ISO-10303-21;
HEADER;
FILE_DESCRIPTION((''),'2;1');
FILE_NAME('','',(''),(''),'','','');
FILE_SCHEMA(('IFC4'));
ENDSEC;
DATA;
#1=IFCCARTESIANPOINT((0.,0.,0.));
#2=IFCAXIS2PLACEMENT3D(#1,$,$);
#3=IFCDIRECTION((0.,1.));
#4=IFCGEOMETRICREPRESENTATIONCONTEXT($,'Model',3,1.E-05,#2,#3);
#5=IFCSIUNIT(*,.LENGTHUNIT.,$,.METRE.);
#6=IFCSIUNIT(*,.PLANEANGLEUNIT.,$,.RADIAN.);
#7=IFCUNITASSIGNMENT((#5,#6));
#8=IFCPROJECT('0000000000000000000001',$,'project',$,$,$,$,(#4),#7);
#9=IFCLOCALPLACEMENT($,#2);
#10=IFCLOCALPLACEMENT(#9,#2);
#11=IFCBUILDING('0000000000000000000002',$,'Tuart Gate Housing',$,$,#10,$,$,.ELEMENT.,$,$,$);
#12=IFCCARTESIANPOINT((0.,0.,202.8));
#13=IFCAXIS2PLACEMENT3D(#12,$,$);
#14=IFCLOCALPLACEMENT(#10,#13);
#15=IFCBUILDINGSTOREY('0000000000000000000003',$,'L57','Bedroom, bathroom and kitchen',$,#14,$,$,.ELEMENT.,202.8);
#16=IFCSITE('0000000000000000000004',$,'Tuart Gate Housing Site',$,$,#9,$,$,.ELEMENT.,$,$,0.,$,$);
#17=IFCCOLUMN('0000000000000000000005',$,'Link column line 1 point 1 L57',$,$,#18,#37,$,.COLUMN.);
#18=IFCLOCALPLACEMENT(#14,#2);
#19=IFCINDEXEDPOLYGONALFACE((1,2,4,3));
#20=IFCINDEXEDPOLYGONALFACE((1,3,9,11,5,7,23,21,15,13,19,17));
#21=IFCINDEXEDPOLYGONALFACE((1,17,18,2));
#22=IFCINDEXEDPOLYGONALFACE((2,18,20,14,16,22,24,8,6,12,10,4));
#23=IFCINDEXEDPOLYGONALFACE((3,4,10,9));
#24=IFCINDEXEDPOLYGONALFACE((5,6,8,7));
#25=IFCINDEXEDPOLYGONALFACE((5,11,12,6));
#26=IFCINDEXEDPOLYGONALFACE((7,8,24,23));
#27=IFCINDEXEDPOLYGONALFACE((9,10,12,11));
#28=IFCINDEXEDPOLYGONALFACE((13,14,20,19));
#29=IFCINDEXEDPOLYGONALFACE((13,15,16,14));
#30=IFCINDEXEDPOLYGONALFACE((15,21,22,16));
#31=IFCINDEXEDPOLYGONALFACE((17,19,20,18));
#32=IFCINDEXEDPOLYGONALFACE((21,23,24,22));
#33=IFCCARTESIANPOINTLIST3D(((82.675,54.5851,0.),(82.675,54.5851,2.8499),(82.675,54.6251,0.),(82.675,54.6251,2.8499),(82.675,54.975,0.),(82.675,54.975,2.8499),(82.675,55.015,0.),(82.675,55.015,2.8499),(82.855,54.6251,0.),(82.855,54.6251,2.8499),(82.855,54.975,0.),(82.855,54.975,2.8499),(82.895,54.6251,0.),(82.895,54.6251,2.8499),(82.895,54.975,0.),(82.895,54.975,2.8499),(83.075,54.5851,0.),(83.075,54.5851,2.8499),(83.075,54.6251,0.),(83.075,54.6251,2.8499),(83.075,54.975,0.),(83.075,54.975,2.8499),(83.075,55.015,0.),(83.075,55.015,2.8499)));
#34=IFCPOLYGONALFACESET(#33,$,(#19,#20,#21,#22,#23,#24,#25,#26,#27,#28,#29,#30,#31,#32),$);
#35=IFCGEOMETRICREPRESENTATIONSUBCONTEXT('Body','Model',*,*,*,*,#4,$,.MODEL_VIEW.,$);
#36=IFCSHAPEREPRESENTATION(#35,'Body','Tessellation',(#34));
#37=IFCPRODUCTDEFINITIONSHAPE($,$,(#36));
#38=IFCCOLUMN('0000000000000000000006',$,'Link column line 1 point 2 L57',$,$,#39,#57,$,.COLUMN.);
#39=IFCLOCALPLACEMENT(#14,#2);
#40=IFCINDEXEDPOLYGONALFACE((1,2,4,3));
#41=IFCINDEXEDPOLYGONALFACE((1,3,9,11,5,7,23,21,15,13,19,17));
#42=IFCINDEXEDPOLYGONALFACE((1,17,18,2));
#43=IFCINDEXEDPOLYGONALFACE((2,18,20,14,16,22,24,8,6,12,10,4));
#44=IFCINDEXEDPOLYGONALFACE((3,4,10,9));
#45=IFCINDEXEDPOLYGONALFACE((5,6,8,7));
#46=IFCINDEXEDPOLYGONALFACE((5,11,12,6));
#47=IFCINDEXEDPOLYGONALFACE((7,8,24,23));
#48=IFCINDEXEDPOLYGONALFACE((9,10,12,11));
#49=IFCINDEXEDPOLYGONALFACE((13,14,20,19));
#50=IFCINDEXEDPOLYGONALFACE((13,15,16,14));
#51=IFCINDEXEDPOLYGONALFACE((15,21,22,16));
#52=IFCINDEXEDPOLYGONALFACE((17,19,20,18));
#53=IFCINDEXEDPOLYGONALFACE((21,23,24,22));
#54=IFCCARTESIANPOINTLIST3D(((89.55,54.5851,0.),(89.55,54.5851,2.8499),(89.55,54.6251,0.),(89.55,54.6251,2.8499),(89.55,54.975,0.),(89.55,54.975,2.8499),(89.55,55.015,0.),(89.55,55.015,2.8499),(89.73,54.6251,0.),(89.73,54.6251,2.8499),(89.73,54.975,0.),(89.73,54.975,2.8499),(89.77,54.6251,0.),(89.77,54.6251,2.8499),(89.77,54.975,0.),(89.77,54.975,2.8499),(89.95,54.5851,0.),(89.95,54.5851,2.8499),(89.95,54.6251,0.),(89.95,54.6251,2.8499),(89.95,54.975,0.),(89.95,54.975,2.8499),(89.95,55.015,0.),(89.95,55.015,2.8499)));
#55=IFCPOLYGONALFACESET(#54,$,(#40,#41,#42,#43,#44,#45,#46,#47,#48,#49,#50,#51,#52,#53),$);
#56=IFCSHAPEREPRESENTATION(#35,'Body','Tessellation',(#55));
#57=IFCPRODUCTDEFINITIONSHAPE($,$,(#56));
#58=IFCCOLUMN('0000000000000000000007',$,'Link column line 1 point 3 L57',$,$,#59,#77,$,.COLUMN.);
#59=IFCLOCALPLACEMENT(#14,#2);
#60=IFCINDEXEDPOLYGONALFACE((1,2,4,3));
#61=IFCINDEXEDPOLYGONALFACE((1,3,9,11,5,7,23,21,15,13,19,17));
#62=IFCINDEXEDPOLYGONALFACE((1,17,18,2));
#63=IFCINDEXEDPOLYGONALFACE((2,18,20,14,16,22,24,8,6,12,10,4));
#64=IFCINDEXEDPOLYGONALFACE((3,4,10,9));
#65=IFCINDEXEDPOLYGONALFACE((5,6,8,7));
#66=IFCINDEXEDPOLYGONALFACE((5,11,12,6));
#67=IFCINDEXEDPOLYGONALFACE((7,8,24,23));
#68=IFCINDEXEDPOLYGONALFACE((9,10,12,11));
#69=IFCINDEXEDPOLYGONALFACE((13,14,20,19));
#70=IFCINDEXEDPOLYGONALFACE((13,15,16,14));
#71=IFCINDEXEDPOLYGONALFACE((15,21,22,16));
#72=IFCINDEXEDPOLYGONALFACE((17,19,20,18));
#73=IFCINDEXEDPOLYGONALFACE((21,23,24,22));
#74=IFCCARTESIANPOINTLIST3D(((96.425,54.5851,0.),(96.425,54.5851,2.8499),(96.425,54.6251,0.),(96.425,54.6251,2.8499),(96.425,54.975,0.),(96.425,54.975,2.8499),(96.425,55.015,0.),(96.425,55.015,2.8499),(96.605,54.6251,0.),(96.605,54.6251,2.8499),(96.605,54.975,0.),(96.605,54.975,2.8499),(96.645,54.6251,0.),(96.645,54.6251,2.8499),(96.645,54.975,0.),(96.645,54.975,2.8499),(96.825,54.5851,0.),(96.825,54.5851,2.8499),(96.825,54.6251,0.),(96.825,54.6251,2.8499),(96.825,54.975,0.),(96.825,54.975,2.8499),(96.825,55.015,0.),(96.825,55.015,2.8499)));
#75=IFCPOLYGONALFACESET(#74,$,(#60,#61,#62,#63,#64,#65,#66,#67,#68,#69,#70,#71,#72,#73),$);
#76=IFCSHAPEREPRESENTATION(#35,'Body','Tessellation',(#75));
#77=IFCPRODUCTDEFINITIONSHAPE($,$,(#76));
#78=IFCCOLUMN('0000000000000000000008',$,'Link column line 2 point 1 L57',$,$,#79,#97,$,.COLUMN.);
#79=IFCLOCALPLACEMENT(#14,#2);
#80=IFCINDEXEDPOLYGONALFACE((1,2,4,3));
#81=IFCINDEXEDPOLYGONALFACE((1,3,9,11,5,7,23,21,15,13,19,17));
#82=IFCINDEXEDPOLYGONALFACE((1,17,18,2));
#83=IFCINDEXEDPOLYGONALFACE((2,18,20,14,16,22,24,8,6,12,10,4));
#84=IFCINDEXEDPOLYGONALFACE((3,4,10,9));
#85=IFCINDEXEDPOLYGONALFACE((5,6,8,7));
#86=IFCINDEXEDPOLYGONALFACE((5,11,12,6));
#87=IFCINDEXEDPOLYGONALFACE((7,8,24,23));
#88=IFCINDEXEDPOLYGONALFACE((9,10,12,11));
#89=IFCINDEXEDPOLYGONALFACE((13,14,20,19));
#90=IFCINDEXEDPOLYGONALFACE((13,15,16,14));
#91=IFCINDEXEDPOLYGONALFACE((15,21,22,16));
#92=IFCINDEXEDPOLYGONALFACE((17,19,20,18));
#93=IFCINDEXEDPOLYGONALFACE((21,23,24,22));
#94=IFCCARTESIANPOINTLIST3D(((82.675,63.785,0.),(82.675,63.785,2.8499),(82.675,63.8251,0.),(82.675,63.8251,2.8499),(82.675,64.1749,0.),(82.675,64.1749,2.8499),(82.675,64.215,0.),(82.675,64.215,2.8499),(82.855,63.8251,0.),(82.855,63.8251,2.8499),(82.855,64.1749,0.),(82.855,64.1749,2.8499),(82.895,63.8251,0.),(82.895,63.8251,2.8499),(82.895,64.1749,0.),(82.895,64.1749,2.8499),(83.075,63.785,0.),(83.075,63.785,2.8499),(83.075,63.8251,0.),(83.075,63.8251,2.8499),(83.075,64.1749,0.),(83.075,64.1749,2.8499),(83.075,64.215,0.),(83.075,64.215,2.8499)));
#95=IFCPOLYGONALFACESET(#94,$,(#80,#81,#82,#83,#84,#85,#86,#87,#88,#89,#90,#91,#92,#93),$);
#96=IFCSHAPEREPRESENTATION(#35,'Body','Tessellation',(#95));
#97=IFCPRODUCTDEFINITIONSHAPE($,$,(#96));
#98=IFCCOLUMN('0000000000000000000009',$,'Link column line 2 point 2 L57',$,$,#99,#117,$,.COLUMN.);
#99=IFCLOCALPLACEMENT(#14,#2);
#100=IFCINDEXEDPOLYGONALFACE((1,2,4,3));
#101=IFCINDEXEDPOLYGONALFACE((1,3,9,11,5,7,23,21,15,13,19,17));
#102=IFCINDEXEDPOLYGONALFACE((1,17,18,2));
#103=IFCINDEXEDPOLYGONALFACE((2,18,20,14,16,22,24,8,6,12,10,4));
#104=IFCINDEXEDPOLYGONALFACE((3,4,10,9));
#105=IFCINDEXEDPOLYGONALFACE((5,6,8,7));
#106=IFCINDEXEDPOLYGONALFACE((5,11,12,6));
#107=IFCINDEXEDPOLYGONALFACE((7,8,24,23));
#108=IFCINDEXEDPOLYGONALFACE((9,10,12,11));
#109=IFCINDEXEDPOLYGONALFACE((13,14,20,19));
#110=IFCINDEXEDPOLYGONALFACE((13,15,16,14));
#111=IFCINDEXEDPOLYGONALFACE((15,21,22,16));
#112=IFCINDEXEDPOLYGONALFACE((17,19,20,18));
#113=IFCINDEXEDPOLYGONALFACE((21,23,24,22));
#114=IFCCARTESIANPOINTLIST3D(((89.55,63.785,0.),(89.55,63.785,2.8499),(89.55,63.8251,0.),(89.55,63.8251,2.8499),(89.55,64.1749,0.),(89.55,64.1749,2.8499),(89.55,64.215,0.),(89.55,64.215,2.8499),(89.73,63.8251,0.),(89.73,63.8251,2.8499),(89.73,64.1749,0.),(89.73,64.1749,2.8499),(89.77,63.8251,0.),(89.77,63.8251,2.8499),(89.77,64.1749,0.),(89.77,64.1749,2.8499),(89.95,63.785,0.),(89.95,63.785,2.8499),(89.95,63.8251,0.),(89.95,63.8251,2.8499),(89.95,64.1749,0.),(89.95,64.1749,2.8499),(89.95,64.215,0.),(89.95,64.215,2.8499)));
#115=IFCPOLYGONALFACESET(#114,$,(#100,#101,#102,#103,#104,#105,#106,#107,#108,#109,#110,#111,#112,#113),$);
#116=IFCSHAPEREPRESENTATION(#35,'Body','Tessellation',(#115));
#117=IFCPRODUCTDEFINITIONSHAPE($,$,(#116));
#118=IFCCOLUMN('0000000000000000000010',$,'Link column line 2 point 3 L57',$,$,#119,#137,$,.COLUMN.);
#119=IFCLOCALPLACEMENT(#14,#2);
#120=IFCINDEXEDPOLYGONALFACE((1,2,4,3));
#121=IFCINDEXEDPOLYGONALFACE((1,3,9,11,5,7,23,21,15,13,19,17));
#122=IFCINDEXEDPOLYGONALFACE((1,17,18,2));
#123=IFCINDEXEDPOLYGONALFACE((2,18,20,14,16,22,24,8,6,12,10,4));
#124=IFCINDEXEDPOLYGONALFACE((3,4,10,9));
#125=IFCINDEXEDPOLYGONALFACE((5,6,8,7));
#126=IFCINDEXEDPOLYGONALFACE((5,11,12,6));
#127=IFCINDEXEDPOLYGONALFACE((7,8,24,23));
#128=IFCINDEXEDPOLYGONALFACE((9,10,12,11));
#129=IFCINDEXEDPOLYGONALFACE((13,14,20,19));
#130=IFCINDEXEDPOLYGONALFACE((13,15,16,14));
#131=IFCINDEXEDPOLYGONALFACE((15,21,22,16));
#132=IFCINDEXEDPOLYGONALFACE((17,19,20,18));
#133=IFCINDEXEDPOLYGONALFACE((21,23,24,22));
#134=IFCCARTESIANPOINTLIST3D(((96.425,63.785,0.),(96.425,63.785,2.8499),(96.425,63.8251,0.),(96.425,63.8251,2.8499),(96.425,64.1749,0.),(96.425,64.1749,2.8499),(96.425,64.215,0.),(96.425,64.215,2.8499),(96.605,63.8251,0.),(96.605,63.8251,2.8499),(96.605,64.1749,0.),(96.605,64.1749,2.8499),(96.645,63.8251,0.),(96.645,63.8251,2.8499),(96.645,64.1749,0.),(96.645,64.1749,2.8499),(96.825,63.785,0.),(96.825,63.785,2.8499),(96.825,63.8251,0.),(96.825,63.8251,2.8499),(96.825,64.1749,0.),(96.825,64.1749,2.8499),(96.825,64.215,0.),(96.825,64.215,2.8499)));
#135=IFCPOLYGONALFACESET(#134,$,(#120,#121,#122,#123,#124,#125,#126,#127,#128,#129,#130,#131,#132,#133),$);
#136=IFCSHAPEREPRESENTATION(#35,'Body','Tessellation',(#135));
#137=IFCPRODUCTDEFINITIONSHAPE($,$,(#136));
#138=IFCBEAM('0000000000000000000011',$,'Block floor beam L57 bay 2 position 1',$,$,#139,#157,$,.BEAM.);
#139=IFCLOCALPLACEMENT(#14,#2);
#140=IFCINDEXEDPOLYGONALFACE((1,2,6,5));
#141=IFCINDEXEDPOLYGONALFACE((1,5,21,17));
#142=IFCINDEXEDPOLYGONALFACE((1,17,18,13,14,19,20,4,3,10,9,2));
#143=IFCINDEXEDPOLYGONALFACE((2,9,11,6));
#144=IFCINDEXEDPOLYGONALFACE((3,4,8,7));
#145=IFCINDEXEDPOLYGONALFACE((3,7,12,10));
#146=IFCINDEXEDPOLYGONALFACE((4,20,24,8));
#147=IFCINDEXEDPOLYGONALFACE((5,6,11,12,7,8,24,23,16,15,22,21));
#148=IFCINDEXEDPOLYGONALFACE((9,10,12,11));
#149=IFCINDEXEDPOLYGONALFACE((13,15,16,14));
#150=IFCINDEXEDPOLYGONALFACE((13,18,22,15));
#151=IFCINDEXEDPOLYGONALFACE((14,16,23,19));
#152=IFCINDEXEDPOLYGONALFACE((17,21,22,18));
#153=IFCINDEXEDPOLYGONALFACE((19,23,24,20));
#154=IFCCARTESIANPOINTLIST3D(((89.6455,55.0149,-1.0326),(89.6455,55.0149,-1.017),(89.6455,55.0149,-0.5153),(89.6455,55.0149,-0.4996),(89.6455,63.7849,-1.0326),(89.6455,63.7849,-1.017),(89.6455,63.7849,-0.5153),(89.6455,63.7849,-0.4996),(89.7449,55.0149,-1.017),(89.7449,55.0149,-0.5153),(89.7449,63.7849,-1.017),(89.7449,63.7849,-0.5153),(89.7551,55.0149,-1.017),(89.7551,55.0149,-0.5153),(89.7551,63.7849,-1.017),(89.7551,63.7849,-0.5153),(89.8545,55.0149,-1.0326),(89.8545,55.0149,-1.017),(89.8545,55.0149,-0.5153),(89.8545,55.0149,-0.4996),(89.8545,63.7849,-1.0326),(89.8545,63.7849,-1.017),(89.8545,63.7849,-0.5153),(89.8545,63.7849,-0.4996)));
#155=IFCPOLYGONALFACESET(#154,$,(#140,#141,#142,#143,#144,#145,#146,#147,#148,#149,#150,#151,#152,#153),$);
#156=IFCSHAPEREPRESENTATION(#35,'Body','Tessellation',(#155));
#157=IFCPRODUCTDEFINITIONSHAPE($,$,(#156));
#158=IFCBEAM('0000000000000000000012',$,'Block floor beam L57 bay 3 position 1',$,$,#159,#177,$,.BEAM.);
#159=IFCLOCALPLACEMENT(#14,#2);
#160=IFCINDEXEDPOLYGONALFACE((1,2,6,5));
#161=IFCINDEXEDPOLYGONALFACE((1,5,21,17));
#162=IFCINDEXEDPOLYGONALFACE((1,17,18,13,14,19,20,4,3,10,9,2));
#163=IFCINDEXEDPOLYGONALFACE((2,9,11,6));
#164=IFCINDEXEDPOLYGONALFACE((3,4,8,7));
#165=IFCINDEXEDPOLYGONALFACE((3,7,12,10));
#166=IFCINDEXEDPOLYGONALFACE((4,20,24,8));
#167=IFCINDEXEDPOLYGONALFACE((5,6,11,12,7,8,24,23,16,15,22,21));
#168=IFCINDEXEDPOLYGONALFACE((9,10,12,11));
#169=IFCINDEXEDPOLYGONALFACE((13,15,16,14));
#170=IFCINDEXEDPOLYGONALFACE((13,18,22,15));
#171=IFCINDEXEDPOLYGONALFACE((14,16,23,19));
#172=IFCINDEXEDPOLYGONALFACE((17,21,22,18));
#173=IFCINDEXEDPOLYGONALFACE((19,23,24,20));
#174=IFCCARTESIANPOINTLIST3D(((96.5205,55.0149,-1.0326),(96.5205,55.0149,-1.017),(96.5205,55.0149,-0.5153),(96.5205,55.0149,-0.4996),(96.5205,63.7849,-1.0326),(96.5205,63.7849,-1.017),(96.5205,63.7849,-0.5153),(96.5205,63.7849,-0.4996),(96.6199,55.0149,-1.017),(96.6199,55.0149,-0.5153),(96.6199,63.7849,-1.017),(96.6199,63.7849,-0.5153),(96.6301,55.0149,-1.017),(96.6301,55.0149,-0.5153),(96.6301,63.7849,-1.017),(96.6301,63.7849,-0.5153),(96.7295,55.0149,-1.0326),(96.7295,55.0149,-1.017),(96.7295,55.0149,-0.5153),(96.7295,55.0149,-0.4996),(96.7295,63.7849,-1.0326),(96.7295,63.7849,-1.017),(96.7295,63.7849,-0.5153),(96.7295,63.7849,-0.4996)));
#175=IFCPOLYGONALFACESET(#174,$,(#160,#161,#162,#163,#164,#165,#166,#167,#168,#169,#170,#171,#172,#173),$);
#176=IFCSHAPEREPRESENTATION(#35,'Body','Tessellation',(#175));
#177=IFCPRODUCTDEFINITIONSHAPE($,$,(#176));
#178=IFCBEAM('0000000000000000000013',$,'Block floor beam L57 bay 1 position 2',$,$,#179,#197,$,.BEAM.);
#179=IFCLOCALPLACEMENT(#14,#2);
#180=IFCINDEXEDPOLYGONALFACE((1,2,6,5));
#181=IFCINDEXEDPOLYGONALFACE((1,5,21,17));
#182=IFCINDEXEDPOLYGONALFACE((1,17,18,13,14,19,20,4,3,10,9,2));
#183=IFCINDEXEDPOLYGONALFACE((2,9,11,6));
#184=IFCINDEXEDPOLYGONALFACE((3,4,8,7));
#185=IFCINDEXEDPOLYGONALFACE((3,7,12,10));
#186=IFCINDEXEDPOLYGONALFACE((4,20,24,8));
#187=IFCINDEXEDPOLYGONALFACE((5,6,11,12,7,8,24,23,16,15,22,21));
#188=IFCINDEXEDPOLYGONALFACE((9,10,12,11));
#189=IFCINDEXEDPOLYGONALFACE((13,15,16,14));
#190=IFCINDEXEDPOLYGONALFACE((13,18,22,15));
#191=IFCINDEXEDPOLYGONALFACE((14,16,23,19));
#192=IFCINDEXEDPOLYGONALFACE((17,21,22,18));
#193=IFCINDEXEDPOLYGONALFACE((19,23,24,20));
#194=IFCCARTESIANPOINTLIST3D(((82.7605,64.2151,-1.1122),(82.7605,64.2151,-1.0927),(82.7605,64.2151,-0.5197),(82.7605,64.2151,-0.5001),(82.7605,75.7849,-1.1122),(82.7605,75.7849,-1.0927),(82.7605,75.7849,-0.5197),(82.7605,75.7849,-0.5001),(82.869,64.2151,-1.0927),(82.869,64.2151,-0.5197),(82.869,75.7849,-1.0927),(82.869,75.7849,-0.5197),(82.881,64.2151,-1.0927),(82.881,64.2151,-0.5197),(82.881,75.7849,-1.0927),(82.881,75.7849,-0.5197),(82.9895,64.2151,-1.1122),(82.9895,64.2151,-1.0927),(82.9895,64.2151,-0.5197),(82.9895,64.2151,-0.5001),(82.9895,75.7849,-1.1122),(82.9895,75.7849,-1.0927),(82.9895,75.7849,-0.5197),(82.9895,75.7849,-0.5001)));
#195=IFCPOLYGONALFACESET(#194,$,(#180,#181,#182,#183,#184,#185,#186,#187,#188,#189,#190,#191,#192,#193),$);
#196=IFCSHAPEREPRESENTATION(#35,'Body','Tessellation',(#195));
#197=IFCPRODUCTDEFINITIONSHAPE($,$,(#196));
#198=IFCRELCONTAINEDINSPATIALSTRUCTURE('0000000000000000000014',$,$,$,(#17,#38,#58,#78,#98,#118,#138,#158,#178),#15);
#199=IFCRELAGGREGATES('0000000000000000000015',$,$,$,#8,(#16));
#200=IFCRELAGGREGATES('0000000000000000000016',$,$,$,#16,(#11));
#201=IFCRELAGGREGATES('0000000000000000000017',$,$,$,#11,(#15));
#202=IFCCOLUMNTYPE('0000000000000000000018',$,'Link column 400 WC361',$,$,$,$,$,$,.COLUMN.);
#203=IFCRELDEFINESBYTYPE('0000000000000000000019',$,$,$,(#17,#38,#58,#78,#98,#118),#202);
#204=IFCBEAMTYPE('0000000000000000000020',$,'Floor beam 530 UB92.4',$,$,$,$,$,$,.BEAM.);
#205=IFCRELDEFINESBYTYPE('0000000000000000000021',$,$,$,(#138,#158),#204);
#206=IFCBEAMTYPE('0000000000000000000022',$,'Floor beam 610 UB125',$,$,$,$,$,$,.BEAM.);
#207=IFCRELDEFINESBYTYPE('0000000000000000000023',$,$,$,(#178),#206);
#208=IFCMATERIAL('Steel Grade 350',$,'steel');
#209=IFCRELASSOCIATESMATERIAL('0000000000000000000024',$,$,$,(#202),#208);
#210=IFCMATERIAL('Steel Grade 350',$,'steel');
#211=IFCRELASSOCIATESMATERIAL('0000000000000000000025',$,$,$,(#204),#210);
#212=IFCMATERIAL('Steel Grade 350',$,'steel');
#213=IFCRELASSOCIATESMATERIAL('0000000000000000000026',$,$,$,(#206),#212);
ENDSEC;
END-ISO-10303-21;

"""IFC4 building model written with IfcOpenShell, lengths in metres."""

from ifc_helpers import new_model, si_unit, direction, frame, origin, origin_2d, place, context, subcontext, project, spatial, i_section, extrude, material, material_profile, profile_set, type_object, element, save


model = new_model("IFC4")

# Units and contexts
model_context = context("Model", 3, precision=1e-05, world=origin(), true_north=direction((0.0, 1.0)))
body_context = subcontext(model_context, "Body", "Model", "MODEL_VIEW")
ifc_project = project(units=[si_unit("LENGTHUNIT", "METRE"), si_unit("PLANEANGLEUNIT", "RADIAN")], contexts=[model_context])

# Site, building, storey
site_placement = place(None, origin())
site = spatial("IfcSite", under=ifc_project, at=site_placement, Name="Tuart Gate Housing Site", CompositionType="ELEMENT", RefElevation=0.0)
building_placement = place(site_placement, origin())
building = spatial("IfcBuilding", under=site, at=building_placement, Name="Tuart Gate Housing", CompositionType="ELEMENT")
storey_placement = place(building_placement, frame((0.0, 0.0, 202.8)))
storey = spatial("IfcBuildingStorey", under=building, at=storey_placement, Name="L57", Description="Bedroom, bathroom and kitchen", CompositionType="ELEMENT", Elevation=202.8)

# Columns
ifc_material_1 = material(Name="Steel Grade 350", Category="steel")
ifc_material_profile_1 = material_profile(ifc_material_1, i_section(OverallWidth=0.3999, OverallDepth=0.4299, WebThickness=0.04, FlangeThickness=0.04, at=origin_2d()), Name="400WC361")
ifc_profile_set_1 = profile_set([ifc_material_profile_1], Name="Steel Grade 350")
column_type = type_object("IfcColumnType", Name="Link column 400 WC361", PredefinedType="COLUMN", material=ifc_profile_set_1)
for number, where, z_axis, x_axis, name in (
    (1, (82.875, 54.8, 0.0), (0.0, 0.0, 1.0), (1.0, 0.0, 0.0), "Link column line 1 point 1 L57"),
    (2, (89.75, 54.8, 0.0), (0.0, 0.0, 1.0), (1.0, 0.0, 0.0), "Link column line 1 point 2 L57"),
    (3, (96.625, 54.8, 0.0), (0.0, 0.0, 1.0), (1.0, 0.0, 0.0), "Link column line 1 point 3 L57"),
    (4, (82.875, 64.0, 0.0), (0.0, 0.0, 1.0), (1.0, 0.0, 0.0), "Link column line 2 point 1 L57"),
    (5, (89.75, 64.0, 0.0), (0.0, 0.0, 1.0), (1.0, 0.0, 0.0), "Link column line 2 point 2 L57"),
    (6, (96.625, 64.0, 0.0), (0.0, 0.0, 1.0), (1.0, 0.0, 0.0), "Link column line 2 point 3 L57"),
):
    element("IfcColumn", number, at=place(storey_placement, frame(where, z_axis=z_axis, x_axis=x_axis)), inside=storey, type_object=column_type, Name=name, PredefinedType="COLUMN", context=body_context, shape_type="SweptSolid", body=[
        extrude(i_section(OverallWidth=0.3999, OverallDepth=0.4299, WebThickness=0.04, FlangeThickness=0.04, at=origin_2d()), origin(), (0.0, 0.0, 1.0), 2.8499),
    ])

# Beams
ifc_material_2 = material(Name="Steel Grade 350", Category="steel")
ifc_material_profile_2 = material_profile(ifc_material_2, i_section(OverallWidth=0.209, OverallDepth=0.533, WebThickness=0.0103, FlangeThickness=0.0156, at=origin_2d()), Name="530UB92.4")
ifc_profile_set_2 = profile_set([ifc_material_profile_2], Name="Steel Grade 350")
beam_type_1 = type_object("IfcBeamType", Name="Floor beam 530 UB92.4", PredefinedType="BEAM", material=ifc_profile_set_2)
for number, where, z_axis, x_axis, name in (
    (7, (89.75, 55.0149, -0.7661), (0.0, 1.0, 0.0), (-1.0, 0.0, 0.0), "Block floor beam L57 bay 2 position 1"),
    (8, (96.625, 55.0149, -0.7661), (0.0, 1.0, 0.0), (-1.0, 0.0, 0.0), "Block floor beam L57 bay 3 position 1"),
):
    element("IfcBeam", number, at=place(storey_placement, frame(where, z_axis=z_axis, x_axis=x_axis)), inside=storey, type_object=beam_type_1, Name=name, PredefinedType="BEAM", context=body_context, shape_type="SweptSolid", body=[
        extrude(i_section(OverallWidth=0.209, OverallDepth=0.533, WebThickness=0.0103, FlangeThickness=0.0156, at=origin_2d()), origin(), (0.0, 0.0, 1.0), 8.77),
    ])
ifc_material_3 = material(Name="Steel Grade 350", Category="steel")
ifc_material_profile_3 = material_profile(ifc_material_3, i_section(OverallWidth=0.229, OverallDepth=0.6121, WebThickness=0.012, FlangeThickness=0.0195, at=origin_2d()), Name="610UB125")
ifc_profile_set_3 = profile_set([ifc_material_profile_3], Name="Steel Grade 350")
beam_type_2 = type_object("IfcBeamType", Name="Floor beam 610 UB125", PredefinedType="BEAM", material=ifc_profile_set_3)
for number, where, z_axis, x_axis, name in (
    (9, (82.875, 64.2151, -0.8062), (0.0, 1.0, 0.0), (-1.0, 0.0, 0.0), "Block floor beam L57 bay 1 position 2"),
):
    element("IfcBeam", number, at=place(storey_placement, frame(where, z_axis=z_axis, x_axis=x_axis)), inside=storey, type_object=beam_type_2, Name=name, PredefinedType="BEAM", context=body_context, shape_type="SweptSolid", body=[
        extrude(i_section(OverallWidth=0.229, OverallDepth=0.6121, WebThickness=0.012, FlangeThickness=0.0195, at=origin_2d()), origin(), (0.0, 0.0, 1.0), 11.5698),
    ])

save(model, "model.ifc")
